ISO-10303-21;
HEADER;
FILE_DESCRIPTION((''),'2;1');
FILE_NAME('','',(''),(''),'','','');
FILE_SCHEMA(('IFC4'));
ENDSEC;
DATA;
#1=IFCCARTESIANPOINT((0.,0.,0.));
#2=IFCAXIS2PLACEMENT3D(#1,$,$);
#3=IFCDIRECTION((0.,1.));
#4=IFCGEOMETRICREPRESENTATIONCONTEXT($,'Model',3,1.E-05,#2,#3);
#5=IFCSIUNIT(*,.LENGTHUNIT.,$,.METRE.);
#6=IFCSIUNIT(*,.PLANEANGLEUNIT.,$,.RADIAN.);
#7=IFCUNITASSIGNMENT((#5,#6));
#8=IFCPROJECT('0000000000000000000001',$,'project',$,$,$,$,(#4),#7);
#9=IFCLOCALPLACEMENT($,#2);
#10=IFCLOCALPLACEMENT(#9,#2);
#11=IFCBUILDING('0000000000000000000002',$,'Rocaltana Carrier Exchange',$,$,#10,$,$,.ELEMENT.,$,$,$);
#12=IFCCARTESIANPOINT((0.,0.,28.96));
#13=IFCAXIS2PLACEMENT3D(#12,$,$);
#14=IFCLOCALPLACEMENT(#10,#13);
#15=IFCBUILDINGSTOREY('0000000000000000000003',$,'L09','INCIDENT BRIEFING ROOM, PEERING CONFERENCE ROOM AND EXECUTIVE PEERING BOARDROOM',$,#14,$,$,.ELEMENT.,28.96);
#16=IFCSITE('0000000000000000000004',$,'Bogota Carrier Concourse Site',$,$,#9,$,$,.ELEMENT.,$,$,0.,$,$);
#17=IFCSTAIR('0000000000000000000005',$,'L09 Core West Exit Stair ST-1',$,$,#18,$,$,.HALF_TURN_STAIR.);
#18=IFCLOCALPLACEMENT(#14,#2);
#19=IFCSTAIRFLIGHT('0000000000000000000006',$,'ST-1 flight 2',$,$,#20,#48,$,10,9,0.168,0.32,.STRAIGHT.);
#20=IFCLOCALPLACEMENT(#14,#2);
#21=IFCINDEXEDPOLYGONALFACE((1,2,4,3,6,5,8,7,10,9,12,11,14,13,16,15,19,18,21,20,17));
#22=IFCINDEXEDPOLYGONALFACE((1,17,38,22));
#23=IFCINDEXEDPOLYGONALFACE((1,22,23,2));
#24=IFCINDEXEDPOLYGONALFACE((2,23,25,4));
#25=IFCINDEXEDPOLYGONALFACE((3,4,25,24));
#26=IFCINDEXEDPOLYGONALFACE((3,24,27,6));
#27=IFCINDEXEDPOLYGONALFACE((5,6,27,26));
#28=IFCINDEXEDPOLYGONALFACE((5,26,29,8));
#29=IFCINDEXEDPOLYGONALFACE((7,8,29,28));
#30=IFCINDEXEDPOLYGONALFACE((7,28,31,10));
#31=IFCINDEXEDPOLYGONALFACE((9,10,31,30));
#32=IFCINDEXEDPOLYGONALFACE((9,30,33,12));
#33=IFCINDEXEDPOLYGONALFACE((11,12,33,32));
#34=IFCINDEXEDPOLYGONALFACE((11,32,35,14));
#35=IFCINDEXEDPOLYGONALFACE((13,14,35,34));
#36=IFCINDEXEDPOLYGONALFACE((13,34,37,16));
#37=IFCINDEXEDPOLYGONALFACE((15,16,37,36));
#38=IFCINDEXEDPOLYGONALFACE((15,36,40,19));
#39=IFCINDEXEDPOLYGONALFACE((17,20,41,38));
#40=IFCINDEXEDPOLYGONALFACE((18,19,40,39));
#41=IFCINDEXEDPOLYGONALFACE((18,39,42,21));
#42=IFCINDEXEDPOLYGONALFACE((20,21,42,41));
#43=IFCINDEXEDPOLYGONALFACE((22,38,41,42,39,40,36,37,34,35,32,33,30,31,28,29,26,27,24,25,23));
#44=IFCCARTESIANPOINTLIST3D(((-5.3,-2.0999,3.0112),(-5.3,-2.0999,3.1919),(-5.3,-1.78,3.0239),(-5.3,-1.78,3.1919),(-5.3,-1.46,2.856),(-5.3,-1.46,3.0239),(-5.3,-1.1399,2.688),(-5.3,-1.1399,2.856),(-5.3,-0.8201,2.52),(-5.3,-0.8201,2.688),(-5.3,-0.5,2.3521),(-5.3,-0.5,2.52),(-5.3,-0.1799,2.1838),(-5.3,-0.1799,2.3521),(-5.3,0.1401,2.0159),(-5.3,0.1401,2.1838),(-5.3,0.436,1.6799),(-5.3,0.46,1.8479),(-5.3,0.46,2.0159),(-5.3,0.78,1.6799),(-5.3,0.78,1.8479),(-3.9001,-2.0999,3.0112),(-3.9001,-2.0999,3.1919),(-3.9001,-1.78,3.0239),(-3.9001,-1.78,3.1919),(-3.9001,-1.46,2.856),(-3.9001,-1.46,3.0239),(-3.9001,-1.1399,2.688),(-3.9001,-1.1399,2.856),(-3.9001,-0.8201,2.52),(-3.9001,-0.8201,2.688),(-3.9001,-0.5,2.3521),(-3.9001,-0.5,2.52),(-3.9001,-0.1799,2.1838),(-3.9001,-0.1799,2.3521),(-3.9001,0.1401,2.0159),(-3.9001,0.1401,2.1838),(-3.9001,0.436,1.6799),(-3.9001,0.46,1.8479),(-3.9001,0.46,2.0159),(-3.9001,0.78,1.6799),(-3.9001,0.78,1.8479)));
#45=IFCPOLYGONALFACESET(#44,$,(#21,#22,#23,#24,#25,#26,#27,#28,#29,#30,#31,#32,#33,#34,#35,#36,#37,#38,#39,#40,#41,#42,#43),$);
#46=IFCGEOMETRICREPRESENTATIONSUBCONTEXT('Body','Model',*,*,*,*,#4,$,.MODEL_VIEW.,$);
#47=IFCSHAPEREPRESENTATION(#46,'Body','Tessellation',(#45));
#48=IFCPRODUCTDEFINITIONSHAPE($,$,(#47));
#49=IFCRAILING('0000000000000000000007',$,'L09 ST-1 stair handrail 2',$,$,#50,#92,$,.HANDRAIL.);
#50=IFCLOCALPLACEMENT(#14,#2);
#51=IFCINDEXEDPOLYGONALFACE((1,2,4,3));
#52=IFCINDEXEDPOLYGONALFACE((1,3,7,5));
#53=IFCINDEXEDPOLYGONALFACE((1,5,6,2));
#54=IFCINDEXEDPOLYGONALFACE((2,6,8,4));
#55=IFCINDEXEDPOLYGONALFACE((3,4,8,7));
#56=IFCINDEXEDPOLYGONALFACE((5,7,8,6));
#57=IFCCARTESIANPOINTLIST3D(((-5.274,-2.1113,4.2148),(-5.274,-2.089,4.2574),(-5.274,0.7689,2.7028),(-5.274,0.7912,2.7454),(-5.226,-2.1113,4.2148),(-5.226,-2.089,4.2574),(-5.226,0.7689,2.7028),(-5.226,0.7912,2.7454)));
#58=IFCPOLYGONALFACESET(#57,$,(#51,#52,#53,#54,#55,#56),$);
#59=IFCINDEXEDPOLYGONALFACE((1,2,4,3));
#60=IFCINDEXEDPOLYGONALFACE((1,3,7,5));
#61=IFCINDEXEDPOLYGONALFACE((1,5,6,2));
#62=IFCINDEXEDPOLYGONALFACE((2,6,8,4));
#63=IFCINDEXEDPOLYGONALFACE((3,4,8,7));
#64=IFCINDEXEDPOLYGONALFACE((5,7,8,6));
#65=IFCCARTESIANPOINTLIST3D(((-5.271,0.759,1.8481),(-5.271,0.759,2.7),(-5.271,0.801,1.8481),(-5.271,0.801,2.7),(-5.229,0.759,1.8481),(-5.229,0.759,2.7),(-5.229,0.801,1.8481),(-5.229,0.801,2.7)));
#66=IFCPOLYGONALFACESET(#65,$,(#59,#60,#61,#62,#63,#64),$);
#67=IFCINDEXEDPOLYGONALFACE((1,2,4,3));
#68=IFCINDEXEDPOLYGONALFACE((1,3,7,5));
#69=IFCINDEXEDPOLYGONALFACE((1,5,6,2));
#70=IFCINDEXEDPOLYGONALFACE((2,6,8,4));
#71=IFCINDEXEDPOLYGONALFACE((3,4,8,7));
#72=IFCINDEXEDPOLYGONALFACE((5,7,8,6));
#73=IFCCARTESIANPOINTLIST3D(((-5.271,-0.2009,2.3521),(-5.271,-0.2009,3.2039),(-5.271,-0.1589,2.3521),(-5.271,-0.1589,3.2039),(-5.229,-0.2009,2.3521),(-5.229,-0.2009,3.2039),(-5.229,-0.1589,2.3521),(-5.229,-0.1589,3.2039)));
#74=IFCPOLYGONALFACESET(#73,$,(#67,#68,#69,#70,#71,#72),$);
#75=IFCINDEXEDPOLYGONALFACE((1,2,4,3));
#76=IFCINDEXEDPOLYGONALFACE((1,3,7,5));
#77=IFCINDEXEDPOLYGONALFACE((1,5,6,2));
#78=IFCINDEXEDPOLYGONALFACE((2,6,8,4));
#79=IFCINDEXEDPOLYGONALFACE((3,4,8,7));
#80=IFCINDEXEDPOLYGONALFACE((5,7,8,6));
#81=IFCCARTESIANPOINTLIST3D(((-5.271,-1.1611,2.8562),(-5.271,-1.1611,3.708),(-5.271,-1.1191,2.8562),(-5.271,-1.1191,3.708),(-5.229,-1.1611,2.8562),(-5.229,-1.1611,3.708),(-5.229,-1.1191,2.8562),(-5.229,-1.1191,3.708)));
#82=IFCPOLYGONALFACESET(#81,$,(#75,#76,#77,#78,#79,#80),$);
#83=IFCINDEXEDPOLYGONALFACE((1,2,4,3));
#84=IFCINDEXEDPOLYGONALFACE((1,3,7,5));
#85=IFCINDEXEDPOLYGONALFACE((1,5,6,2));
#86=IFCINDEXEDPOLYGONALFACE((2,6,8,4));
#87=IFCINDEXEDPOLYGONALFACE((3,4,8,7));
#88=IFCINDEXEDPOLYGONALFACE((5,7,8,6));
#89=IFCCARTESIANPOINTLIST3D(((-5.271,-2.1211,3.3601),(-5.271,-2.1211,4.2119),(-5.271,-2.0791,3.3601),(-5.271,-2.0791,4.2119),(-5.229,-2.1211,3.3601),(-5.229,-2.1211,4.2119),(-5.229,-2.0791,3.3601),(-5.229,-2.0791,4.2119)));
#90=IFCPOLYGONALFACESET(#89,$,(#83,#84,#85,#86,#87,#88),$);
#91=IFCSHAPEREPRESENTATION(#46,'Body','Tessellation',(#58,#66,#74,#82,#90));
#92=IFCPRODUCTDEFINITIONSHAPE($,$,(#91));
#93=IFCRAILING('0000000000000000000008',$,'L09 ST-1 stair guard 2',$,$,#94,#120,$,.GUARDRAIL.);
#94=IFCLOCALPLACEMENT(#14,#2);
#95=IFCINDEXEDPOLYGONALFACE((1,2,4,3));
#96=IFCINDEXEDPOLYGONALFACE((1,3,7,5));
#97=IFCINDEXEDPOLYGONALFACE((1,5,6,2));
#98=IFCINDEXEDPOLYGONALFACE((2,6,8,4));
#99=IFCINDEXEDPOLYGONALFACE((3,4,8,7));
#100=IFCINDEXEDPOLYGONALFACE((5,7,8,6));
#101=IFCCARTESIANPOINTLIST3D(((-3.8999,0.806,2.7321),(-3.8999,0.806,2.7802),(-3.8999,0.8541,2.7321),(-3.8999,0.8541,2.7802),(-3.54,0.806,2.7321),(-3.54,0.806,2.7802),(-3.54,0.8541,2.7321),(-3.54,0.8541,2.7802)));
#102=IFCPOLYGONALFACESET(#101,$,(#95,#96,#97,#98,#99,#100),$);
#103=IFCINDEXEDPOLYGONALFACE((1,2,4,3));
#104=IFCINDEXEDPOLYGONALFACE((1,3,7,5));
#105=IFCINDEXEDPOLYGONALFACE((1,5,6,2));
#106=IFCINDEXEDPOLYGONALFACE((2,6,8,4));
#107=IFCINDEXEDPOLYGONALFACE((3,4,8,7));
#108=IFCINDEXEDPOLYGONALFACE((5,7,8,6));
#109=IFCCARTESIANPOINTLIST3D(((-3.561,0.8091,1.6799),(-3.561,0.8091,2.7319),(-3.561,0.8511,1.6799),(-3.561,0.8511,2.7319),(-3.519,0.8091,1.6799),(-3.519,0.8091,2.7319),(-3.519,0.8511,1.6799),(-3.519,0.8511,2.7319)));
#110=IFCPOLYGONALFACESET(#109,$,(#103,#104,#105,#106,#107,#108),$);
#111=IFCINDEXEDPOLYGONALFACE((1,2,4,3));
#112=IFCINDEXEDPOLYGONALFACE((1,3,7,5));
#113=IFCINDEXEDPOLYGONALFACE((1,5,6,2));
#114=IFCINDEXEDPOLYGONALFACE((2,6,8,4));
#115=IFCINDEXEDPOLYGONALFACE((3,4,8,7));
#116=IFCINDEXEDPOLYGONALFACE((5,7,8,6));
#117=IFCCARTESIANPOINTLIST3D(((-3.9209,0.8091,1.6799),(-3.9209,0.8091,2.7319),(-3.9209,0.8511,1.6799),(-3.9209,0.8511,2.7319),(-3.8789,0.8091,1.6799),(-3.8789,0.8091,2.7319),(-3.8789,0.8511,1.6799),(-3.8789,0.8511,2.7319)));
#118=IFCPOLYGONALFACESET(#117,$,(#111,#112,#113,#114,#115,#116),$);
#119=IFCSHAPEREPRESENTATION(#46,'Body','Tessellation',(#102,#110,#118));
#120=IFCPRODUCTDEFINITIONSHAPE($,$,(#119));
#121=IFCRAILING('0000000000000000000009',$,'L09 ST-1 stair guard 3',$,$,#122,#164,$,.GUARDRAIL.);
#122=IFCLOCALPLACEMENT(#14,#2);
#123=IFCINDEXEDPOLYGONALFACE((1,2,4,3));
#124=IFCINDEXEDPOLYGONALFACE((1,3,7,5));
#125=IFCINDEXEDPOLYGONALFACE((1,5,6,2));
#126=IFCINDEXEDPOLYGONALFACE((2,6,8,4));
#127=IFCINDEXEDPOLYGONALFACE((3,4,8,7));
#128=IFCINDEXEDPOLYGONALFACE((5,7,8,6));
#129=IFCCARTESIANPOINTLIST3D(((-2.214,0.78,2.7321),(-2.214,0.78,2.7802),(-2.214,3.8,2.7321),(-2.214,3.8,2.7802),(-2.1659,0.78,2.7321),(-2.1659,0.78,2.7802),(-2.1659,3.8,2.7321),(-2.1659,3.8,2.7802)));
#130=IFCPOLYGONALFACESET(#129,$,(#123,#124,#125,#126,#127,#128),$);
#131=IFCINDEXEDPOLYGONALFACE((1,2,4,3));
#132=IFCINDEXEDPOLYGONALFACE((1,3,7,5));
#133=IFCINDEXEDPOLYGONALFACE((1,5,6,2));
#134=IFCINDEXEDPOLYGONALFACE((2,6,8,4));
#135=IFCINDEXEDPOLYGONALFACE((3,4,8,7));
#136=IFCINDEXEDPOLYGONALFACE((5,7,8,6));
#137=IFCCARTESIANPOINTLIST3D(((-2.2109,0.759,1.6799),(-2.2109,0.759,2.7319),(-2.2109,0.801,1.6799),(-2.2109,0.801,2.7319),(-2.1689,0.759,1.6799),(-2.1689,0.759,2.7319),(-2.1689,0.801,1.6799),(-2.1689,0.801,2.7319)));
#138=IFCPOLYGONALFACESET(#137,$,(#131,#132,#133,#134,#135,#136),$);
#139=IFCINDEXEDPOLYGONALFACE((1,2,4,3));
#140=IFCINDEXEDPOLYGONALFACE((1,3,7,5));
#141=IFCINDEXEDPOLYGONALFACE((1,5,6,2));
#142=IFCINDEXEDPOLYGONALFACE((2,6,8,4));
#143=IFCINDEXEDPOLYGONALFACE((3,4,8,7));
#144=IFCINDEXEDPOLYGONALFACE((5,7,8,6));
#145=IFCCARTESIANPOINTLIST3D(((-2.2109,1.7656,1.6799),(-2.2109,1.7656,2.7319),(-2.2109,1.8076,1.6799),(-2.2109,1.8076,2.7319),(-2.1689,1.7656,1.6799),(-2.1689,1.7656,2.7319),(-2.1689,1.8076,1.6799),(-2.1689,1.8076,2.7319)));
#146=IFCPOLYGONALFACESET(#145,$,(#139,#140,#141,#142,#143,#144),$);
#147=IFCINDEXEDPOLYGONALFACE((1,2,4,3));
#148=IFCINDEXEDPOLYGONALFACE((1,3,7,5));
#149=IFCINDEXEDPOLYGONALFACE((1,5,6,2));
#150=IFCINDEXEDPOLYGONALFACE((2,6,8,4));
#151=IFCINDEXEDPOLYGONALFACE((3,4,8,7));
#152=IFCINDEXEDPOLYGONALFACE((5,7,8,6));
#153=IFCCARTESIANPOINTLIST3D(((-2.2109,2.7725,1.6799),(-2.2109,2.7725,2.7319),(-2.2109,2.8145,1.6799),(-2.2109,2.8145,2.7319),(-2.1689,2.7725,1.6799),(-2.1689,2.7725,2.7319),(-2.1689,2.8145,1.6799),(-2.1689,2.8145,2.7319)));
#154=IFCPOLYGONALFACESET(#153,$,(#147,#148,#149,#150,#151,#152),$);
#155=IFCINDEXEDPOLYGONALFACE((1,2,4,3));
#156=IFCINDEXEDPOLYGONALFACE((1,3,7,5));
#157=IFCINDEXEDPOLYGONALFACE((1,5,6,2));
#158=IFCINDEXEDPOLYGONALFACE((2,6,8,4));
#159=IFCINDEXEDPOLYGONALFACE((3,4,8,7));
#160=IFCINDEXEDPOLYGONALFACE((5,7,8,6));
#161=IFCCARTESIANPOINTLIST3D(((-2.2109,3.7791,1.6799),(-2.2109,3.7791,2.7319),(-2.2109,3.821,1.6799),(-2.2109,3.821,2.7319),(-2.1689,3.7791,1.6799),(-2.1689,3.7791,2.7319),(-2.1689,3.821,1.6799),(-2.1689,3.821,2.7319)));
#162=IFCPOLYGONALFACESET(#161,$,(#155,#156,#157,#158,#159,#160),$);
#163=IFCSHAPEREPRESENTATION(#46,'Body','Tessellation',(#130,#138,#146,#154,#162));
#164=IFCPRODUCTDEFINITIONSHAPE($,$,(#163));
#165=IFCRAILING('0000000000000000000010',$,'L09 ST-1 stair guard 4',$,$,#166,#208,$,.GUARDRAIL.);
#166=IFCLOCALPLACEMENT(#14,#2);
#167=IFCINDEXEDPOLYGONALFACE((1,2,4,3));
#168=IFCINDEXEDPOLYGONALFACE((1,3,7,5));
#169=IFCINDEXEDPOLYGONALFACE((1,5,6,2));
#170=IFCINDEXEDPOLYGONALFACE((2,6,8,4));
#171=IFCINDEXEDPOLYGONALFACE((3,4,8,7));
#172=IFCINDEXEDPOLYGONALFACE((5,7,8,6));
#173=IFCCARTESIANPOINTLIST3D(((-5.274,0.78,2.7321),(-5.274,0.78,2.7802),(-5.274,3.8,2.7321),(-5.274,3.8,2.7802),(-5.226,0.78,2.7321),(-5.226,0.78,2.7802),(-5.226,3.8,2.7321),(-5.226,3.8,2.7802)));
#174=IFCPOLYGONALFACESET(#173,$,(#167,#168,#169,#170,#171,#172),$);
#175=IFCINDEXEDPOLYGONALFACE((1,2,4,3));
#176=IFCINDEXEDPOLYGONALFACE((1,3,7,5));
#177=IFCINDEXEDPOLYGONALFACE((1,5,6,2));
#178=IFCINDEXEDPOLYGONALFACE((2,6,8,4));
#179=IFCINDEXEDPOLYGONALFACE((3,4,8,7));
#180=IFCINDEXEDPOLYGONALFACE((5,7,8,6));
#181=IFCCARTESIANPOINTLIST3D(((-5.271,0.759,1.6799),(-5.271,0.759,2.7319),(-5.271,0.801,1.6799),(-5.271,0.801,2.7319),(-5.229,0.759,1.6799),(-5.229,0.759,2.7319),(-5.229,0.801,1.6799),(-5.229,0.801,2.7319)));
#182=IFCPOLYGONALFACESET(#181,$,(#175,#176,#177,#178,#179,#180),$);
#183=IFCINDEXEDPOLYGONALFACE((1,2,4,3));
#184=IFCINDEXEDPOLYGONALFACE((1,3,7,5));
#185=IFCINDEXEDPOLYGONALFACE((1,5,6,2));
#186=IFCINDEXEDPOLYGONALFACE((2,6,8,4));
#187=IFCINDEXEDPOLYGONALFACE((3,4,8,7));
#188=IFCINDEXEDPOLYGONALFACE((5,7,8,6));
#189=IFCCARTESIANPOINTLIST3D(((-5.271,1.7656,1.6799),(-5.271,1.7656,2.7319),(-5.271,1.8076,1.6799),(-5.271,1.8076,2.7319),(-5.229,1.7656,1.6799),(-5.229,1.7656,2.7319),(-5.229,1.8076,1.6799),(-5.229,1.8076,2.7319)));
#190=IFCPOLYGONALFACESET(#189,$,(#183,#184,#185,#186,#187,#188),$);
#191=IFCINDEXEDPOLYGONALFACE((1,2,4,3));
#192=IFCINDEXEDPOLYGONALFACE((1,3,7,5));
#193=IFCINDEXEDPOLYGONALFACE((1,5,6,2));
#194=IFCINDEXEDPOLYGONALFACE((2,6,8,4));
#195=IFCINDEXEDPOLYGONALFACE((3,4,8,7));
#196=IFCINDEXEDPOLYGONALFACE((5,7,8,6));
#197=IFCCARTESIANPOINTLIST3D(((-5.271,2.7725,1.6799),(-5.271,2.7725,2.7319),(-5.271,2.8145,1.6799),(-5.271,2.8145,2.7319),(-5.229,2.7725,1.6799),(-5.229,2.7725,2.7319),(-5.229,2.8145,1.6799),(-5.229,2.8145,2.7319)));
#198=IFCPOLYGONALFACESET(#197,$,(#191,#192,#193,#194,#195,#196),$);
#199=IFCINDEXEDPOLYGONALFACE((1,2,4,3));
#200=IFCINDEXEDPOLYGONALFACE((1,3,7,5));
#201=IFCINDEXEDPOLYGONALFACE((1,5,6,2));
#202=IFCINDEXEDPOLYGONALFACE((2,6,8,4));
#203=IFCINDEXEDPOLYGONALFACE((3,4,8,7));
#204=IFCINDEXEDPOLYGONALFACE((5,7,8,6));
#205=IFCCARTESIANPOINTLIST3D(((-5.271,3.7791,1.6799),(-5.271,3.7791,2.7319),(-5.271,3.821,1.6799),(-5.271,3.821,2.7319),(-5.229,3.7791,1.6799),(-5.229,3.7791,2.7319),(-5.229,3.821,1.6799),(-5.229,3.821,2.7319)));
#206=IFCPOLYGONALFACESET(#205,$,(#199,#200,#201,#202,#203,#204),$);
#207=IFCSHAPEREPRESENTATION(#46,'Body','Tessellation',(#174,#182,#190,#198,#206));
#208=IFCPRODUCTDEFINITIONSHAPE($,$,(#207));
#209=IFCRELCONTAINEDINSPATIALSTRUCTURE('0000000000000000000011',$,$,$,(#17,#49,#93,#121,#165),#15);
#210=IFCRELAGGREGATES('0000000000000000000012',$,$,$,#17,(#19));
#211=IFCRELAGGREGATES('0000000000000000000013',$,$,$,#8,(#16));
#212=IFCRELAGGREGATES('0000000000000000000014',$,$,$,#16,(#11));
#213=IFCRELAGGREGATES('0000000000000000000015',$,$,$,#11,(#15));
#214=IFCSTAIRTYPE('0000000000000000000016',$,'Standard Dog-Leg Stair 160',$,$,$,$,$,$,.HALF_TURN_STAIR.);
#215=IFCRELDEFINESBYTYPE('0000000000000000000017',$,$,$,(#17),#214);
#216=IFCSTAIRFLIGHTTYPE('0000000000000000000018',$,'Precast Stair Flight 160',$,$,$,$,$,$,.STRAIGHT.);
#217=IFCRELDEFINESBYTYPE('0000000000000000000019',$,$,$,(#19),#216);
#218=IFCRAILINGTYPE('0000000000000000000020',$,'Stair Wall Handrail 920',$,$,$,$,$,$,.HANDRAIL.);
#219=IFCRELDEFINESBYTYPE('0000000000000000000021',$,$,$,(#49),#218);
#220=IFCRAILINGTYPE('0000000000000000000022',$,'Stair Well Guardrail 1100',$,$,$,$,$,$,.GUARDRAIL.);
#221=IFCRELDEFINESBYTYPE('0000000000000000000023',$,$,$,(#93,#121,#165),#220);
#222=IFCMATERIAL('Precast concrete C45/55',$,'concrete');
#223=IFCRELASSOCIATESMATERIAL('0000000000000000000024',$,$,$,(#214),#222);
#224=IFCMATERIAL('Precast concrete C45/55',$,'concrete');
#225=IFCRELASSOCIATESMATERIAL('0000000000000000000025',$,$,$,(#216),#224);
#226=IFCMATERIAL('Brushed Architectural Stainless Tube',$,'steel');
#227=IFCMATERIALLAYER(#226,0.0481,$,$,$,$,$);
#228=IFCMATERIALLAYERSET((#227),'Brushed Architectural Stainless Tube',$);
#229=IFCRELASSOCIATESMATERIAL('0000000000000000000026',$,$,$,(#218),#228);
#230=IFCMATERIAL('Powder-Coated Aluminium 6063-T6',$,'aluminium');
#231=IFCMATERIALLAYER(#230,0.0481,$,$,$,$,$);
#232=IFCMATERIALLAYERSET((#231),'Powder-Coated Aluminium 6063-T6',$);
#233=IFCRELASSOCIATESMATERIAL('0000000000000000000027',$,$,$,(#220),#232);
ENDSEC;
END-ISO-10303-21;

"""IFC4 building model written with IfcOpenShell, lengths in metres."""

from ifc_helpers import new_model, si_unit, direction, frame, origin, origin_2d, place, context, subcontext, project, spatial, polyline, rectangle, outline, extrude, material, layer, layer_set, type_object, element, aggregate, save


model = new_model("IFC4")

# Units and contexts
model_context = context("Model", 3, precision=1e-05, world=origin(), true_north=direction((0.0, 1.0)))
body_context = subcontext(model_context, "Body", "Model", "MODEL_VIEW")
ifc_project = project(units=[si_unit("LENGTHUNIT", "METRE"), si_unit("PLANEANGLEUNIT", "RADIAN")], contexts=[model_context])

# Site, building, storey
site_placement = place(None, origin())
site = spatial("IfcSite", under=ifc_project, at=site_placement, Name="Bogota Carrier Concourse Site", CompositionType="ELEMENT", RefElevation=0.0)
building_placement = place(site_placement, origin())
building = spatial("IfcBuilding", under=site, at=building_placement, Name="Rocaltana Carrier Exchange", CompositionType="ELEMENT")
storey_placement = place(building_placement, frame((0.0, 0.0, 28.96)))
storey = spatial("IfcBuildingStorey", under=building, at=storey_placement, Name="L09", Description="INCIDENT BRIEFING ROOM, PEERING CONFERENCE ROOM AND EXECUTIVE PEERING BOARDROOM", CompositionType="ELEMENT", Elevation=28.96)

# Stair, stair flight
ifc_material_1 = material(Name="Precast concrete C45/55", Category="concrete")
stair_type = type_object("IfcStairType", Name="Standard Dog-Leg Stair 160", PredefinedType="HALF_TURN_STAIR", material=ifc_material_1)
stair_placement = place(storey_placement, origin())
stair = element("IfcStair", 1, at=stair_placement, inside=storey, type_object=stair_type, Name="L09 Core West Exit Stair ST-1", PredefinedType="HALF_TURN_STAIR")
ifc_material_2 = material(Name="Precast concrete C45/55", Category="concrete")
stair_flight_type = type_object("IfcStairFlightType", Name="Precast Stair Flight 160", PredefinedType="STRAIGHT", material=ifc_material_2)
stair_flight_placement = place(storey_placement, frame((-4.6001, 0.78, 1.6799), z_axis=(0.0, 0.0, 1.0), x_axis=(0.0, -1.0, 0.0)))
stair_flight = element("IfcStairFlight", 2, at=stair_flight_placement, type_object=stair_flight_type, Name="ST-1 flight 2", NumberOfRisers=10, NumberOfTreads=9, PredefinedType="STRAIGHT", RiserHeight=0.168, TreadLength=0.32, context=body_context, shape_type="SweptSolid", body=[
    extrude(outline(polyline([(0.0, 0.0), (0.0, 0.168), (0.3201, 0.168), (0.3201, 0.3359), (0.6399, 0.3359), (0.6399, 0.5039), (0.96, 0.5039), (0.96, 0.6721), (1.28, 0.6721), (1.28, 0.8401), (1.6001, 0.8401), (1.6001, 1.0081), (1.9199, 1.0081), (1.9199, 1.176), (2.24, 1.176), (2.24, 1.344), (2.5601, 1.344), (2.5601, 1.512), (2.8799, 1.512), (2.8799, 1.6799), (2.8799, 1.3313), (0.344, 0.0), (0.0, 0.0)])), frame((0.0, 0.7, 0.0), z_axis=(0.0, -1.0, 0.0), x_axis=(1.0, 0.0, 0.0)), (0.0, 0.0, 1.0), 1.3999),
])
aggregate(stair, [stair_flight])

# Railings
ifc_material_3 = material(Name="Brushed Architectural Stainless Tube", Category="steel")
ifc_layer_1 = layer(ifc_material_3, 0.0481)
ifc_layer_set_1 = layer_set([ifc_layer_1], Name="Brushed Architectural Stainless Tube")
railing_type_1 = type_object("IfcRailingType", Name="Stair Wall Handrail 920", PredefinedType="HANDRAIL", material=ifc_layer_set_1)
railing_1_placement = place(storey_placement, frame((-5.25, 0.78, 1.8481)))
element("IfcRailing", 3, at=railing_1_placement, inside=storey, type_object=railing_type_1, Name="L09 ST-1 stair handrail 2", PredefinedType="HANDRAIL", context=body_context, shape_type="SweptSolid", body=[
    extrude(rectangle(XDim=0.0481, YDim=0.0481, at=origin_2d()), frame((0.0, 0.0, 0.876), z_axis=(0.0, -0.885411, 0.464809), x_axis=(1.0, 0.0, 0.0)), (0.0, 0.0, 1.0), 3.2529),
    extrude(rectangle(XDim=0.042, YDim=0.042, at=origin_2d()), origin(), (0.0, 0.0, 1.0), 0.8518),
    extrude(rectangle(XDim=0.042, YDim=0.042, at=origin_2d()), frame((0.0, -0.96, 0.5039)), (0.0, 0.0, 1.0), 0.8518),
    extrude(rectangle(XDim=0.042, YDim=0.042, at=origin_2d()), frame((0.0, -1.9202, 1.0081)), (0.0, 0.0, 1.0), 0.8518),
    extrude(rectangle(XDim=0.042, YDim=0.042, at=origin_2d()), frame((0.0, -2.8801, 1.512)), (0.0, 0.0, 1.0), 0.8518),
])
ifc_material_4 = material(Name="Powder-Coated Aluminium 6063-T6", Category="aluminium")
ifc_layer_2 = layer(ifc_material_4, 0.0481)
ifc_layer_set_2 = layer_set([ifc_layer_2], Name="Powder-Coated Aluminium 6063-T6")
railing_type_2 = type_object("IfcRailingType", Name="Stair Well Guardrail 1100", PredefinedType="GUARDRAIL", material=ifc_layer_set_2)
railing_2_placement = place(storey_placement, frame((-3.54, 0.8301, 1.6799)))
element("IfcRailing", 4, at=railing_2_placement, inside=storey, type_object=railing_type_2, Name="L09 ST-1 stair guard 2", PredefinedType="GUARDRAIL", context=body_context, shape_type="SweptSolid", body=[
    extrude(rectangle(XDim=0.0481, YDim=0.0481, at=origin_2d()), frame((0.0, 0.0, 1.0762), z_axis=(-1.0, 0.0, 0.0), x_axis=(0.0, -1.0, 0.0)), (0.0, 0.0, 1.0), 0.3599),
    extrude(rectangle(XDim=0.042, YDim=0.042, at=origin_2d()), origin(), (0.0, 0.0, 1.0), 1.052),
    extrude(rectangle(XDim=0.042, YDim=0.042, at=origin_2d()), frame((-0.3599, 0.0, 0.0)), (0.0, 0.0, 1.0), 1.052),
])
for number, where, name in (
    (5, (-2.1899, 0.78, 1.6799), "L09 ST-1 stair guard 3"),
    (6, (-5.25, 0.78, 1.6799), "L09 ST-1 stair guard 4"),
):
    element("IfcRailing", number, at=place(storey_placement, frame(where)), inside=storey, type_object=railing_type_2, Name=name, PredefinedType="GUARDRAIL", context=body_context, shape_type="SweptSolid", body=[
        extrude(rectangle(XDim=0.0481, YDim=0.0481, at=origin_2d()), frame((0.0, 0.0, 1.0762), z_axis=(0.0, 1.0, 0.0), x_axis=(-1.0, 0.0, 0.0)), (0.0, 0.0, 1.0), 3.02),
        extrude(rectangle(XDim=0.042, YDim=0.042, at=origin_2d()), origin(), (0.0, 0.0, 1.0), 1.052),
        extrude(rectangle(XDim=0.042, YDim=0.042, at=origin_2d()), frame((0.0, 1.0066, 0.0)), (0.0, 0.0, 1.0), 1.052),
        extrude(rectangle(XDim=0.042, YDim=0.042, at=origin_2d()), frame((0.0, 2.0134, 0.0)), (0.0, 0.0, 1.0), 1.052),
        extrude(rectangle(XDim=0.042, YDim=0.042, at=origin_2d()), frame((0.0, 3.02, 0.0)), (0.0, 0.0, 1.0), 1.052),
    ])

save(model, "model.ifc")
